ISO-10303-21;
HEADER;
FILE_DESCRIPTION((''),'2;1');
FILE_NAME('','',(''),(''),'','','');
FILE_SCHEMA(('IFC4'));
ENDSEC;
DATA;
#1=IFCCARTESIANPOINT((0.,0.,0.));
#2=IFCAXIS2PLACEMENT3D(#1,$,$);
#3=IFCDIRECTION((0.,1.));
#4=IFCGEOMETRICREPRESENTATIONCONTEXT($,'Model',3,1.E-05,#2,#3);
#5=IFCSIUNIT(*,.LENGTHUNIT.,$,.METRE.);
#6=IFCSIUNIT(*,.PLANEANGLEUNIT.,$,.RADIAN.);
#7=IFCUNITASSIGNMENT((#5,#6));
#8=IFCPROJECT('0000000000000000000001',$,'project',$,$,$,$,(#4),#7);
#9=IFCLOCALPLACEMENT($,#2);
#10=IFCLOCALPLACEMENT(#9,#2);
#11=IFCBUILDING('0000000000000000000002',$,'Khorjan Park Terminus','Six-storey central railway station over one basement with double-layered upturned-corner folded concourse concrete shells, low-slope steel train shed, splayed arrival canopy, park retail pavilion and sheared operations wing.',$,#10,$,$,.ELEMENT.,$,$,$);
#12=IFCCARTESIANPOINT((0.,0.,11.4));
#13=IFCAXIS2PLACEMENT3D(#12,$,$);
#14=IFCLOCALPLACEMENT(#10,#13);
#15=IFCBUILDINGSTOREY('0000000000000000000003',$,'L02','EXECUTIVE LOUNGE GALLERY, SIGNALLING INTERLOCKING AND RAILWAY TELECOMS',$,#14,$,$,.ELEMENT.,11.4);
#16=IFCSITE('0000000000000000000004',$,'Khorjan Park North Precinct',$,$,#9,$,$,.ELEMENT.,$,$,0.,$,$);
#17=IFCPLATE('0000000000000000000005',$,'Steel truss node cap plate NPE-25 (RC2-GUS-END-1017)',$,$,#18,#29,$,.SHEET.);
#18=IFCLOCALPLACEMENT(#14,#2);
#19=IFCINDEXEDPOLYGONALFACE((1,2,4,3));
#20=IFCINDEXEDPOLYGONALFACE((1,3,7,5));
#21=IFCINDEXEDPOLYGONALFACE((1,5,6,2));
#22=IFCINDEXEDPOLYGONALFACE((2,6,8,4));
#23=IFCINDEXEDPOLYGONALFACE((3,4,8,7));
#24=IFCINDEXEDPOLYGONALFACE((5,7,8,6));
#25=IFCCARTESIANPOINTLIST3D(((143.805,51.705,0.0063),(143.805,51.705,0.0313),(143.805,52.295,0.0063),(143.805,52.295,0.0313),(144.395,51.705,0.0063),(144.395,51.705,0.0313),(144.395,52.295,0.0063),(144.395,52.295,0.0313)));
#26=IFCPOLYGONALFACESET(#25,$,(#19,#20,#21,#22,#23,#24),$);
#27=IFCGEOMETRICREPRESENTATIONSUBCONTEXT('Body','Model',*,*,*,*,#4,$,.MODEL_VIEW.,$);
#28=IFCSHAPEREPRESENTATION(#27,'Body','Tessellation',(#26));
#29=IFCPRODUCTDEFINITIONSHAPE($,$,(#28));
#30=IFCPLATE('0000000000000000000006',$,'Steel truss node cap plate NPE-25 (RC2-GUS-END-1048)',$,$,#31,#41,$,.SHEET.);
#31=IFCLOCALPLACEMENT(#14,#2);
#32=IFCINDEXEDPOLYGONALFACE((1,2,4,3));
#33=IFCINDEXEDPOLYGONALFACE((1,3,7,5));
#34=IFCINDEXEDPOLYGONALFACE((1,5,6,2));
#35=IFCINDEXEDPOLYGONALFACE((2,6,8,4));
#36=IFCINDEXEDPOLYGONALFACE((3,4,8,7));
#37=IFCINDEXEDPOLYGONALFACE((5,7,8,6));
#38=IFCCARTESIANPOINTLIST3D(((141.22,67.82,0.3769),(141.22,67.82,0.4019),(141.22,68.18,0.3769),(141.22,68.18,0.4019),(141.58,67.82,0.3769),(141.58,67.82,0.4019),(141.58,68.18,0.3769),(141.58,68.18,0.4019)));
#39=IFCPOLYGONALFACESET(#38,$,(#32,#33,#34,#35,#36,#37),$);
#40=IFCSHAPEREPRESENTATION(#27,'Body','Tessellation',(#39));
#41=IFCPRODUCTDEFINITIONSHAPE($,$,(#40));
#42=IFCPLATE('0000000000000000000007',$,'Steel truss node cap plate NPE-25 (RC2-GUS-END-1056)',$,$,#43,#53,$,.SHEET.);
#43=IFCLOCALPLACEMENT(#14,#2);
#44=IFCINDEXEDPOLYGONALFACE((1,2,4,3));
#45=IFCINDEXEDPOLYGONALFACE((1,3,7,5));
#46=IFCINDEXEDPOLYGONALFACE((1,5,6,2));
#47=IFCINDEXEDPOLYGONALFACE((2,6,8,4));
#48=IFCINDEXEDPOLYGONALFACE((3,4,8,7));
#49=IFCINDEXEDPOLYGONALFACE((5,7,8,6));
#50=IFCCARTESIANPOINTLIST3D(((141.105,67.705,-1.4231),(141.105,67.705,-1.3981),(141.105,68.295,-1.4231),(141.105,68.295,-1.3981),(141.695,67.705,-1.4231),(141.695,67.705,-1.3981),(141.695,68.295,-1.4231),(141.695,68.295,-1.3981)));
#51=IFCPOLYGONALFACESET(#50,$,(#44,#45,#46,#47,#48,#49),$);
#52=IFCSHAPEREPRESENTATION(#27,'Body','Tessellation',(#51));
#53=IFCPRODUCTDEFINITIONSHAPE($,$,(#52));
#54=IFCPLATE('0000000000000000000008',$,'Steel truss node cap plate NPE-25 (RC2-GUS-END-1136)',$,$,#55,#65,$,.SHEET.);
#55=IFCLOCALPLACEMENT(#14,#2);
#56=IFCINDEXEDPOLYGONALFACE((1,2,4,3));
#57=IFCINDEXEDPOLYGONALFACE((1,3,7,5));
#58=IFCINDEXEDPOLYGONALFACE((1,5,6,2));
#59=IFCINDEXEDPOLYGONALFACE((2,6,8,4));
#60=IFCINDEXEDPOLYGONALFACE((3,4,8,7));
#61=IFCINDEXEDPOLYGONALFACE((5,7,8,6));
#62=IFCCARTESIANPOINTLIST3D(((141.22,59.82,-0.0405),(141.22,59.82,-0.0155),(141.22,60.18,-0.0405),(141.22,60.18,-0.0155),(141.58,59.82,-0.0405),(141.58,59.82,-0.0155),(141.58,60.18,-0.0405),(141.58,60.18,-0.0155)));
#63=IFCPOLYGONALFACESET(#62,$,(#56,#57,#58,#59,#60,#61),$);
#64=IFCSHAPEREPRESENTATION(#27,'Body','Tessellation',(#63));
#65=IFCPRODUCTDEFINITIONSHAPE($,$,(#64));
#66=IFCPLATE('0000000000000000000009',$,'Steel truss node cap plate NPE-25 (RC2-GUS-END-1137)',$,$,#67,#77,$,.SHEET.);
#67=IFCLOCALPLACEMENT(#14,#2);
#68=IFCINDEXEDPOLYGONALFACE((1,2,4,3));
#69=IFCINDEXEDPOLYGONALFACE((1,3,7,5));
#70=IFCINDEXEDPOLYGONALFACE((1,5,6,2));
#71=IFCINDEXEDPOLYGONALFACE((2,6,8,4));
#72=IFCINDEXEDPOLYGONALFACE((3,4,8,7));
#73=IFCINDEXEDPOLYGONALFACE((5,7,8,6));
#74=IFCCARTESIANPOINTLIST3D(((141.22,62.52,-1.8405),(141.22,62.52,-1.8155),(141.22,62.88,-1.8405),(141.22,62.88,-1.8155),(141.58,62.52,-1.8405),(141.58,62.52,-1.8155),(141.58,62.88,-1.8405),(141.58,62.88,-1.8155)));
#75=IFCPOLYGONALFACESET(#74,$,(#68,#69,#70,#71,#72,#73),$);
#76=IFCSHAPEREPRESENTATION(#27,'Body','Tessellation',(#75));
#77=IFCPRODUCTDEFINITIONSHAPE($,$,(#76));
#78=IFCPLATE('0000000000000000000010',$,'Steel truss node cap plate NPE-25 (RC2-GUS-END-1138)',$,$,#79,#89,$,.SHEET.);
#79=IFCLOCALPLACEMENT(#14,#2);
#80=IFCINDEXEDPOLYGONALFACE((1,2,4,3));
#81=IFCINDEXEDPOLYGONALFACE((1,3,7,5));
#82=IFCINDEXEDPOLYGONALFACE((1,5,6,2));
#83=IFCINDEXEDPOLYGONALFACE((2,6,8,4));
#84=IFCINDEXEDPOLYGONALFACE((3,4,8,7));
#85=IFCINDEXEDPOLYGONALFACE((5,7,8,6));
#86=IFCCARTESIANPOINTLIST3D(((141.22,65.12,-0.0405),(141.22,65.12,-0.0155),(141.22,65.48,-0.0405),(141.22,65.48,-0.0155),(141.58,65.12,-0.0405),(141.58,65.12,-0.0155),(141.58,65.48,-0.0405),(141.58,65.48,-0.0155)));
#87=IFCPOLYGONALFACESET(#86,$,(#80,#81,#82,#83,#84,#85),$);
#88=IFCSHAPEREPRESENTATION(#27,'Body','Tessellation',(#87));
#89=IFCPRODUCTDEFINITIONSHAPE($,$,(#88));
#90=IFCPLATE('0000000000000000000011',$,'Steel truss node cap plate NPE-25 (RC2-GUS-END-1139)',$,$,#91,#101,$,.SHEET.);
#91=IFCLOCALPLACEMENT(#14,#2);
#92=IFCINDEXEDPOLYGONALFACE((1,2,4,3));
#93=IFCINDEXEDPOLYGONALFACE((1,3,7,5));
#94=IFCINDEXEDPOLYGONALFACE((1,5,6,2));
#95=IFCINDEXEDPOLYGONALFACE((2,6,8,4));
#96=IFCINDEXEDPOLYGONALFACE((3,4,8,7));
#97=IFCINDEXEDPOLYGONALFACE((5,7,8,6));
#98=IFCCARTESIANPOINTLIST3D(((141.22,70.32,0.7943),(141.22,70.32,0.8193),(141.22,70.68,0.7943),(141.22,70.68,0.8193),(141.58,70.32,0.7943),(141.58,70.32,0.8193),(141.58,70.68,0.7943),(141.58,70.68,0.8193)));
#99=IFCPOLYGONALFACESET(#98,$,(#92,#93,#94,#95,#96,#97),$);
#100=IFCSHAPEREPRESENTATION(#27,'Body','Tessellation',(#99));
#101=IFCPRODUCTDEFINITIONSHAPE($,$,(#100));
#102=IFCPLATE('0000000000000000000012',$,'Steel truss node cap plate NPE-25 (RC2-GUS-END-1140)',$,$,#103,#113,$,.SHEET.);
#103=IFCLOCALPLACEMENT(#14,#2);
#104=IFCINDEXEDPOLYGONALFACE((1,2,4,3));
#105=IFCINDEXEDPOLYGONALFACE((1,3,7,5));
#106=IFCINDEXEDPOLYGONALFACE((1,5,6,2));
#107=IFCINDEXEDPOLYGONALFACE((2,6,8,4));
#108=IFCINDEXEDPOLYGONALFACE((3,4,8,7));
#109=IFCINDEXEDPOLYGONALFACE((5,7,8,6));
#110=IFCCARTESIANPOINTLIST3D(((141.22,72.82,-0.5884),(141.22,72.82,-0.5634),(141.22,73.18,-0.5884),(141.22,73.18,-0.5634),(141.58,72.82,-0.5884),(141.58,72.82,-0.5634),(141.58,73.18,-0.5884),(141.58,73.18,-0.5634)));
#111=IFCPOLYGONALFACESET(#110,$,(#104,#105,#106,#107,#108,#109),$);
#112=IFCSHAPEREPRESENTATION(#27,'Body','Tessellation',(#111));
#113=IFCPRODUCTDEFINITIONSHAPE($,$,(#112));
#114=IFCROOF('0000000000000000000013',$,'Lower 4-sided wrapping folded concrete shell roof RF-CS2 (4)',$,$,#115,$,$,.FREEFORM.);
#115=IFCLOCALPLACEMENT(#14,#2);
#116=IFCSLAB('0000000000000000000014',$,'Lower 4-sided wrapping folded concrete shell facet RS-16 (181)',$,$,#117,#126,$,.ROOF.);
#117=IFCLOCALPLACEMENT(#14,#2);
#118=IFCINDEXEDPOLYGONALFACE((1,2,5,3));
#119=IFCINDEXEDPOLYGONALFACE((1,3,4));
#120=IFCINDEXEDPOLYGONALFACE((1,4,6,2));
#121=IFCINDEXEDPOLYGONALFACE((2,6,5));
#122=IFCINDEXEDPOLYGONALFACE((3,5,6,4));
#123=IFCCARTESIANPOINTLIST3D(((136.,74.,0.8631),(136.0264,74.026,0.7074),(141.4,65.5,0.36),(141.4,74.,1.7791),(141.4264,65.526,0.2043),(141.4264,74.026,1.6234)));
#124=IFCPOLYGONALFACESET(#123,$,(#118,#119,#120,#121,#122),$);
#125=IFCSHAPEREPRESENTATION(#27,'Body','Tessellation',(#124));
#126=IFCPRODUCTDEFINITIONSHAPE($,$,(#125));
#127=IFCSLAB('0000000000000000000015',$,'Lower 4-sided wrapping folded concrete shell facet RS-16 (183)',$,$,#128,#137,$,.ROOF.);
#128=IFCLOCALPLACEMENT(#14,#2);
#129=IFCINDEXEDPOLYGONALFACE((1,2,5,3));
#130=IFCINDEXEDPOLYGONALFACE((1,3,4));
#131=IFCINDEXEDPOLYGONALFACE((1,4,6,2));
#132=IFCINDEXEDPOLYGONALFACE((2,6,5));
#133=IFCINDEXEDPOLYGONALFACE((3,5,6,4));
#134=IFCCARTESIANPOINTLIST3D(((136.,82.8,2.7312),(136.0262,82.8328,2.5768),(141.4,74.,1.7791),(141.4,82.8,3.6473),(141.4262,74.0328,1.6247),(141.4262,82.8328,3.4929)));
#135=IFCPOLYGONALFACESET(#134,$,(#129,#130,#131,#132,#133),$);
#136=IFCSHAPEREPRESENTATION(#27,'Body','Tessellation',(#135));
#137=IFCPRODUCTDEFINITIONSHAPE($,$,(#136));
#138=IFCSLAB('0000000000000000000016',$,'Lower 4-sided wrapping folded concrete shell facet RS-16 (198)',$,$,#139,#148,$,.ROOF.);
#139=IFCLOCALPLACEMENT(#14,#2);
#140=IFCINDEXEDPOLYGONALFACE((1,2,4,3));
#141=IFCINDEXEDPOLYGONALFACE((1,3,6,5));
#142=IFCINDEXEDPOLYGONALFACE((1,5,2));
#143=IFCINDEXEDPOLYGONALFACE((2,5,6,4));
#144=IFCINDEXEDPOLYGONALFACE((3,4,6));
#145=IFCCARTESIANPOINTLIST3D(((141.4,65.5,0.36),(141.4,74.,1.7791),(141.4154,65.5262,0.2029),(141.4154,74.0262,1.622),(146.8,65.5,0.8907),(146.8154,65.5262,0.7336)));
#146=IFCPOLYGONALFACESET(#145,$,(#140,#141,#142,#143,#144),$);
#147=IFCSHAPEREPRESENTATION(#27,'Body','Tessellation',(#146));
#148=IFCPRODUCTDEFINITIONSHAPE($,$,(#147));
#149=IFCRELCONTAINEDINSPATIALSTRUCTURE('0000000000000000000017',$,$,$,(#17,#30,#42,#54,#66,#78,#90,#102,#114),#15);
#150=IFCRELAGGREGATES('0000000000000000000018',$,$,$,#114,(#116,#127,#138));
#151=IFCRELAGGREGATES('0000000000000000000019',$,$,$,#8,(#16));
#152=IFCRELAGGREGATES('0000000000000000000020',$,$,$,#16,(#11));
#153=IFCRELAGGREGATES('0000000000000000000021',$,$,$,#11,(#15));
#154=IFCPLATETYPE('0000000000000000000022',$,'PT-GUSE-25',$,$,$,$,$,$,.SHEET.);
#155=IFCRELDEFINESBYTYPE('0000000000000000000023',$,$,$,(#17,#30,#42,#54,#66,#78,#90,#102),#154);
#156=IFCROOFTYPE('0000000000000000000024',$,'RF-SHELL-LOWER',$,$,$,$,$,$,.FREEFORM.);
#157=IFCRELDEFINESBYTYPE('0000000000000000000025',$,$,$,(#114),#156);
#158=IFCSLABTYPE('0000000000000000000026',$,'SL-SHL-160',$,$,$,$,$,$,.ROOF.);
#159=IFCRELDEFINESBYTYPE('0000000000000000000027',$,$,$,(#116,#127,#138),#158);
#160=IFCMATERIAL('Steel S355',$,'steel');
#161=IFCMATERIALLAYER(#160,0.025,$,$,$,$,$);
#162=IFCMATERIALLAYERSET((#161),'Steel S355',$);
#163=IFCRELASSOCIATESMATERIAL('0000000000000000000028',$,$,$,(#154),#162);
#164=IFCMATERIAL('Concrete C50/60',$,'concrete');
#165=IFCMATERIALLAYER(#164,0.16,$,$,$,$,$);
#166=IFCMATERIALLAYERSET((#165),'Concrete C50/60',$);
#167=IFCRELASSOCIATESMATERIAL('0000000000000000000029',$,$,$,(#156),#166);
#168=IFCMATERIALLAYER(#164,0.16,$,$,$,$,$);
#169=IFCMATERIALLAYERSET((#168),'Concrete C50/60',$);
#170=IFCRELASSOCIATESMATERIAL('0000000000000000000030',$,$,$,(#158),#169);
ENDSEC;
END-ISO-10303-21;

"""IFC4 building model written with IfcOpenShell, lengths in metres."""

from ifc_helpers import new_model, si_unit, direction, frame, origin, origin_2d, place, context, subcontext, project, spatial, polyline, rectangle, outline, extrude, material, layer, layer_set, type_object, element, aggregate, save


model = new_model("IFC4")

# Units and contexts
model_context = context("Model", 3, precision=1e-05, world=origin(), true_north=direction((0.0, 1.0)))
body_context = subcontext(model_context, "Body", "Model", "MODEL_VIEW")
ifc_project = project(units=[si_unit("LENGTHUNIT", "METRE"), si_unit("PLANEANGLEUNIT", "RADIAN")], contexts=[model_context])

# Site, building, storey
site_placement = place(None, origin())
site = spatial("IfcSite", under=ifc_project, at=site_placement, Name="Khorjan Park North Precinct", CompositionType="ELEMENT", RefElevation=0.0)
building_placement = place(site_placement, origin())
building = spatial("IfcBuilding", under=site, at=building_placement, Name="Khorjan Park Terminus", Description="Six-storey central railway station over one basement with double-layered upturned-corner folded concourse concrete shells, low-slope steel train shed, splayed arrival canopy, park retail pavilion and sheared operations wing.", CompositionType="ELEMENT")
storey_placement = place(building_placement, frame((0.0, 0.0, 11.4)))
storey = spatial("IfcBuildingStorey", under=building, at=storey_placement, Name="L02", Description="EXECUTIVE LOUNGE GALLERY, SIGNALLING INTERLOCKING AND RAILWAY TELECOMS", CompositionType="ELEMENT", Elevation=11.4)

# Shared definitions
ifc_material_1 = material(Name="Steel S355", Category="steel")

# Plates
ifc_layer_1 = layer(ifc_material_1, 0.025)
ifc_layer_set_1 = layer_set([ifc_layer_1], Name="Steel S355")
plate_type = type_object("IfcPlateType", Name="PT-GUSE-25", PredefinedType="SHEET", material=ifc_layer_set_1)
plate_1_placement = place(storey_placement, frame((144.1, 52.0, 0.0063), z_axis=(0.0, 0.0, 1.0), x_axis=(1.0, 0.0, 0.0)))
element("IfcPlate", 1, at=plate_1_placement, inside=storey, type_object=plate_type, Name="Steel truss node cap plate NPE-25 (RC2-GUS-END-1017)", PredefinedType="SHEET", context=body_context, shape_type="SweptSolid", body=[
    extrude(rectangle(XDim=0.59, YDim=0.59, at=origin_2d()), origin(), (0.0, 0.0, 1.0), 0.025),
])
plate_2_placement = place(storey_placement, frame((141.4, 68.0, 0.3769), z_axis=(0.0, 0.0, 1.0), x_axis=(1.0, 0.0, 0.0)))
element("IfcPlate", 2, at=plate_2_placement, inside=storey, type_object=plate_type, Name="Steel truss node cap plate NPE-25 (RC2-GUS-END-1048)", PredefinedType="SHEET", context=body_context, shape_type="SweptSolid", body=[
    extrude(rectangle(XDim=0.36, YDim=0.36, at=origin_2d()), origin(), (0.0, 0.0, 1.0), 0.025),
])
plate_3_placement = place(storey_placement, frame((141.4, 68.0, -1.4231), z_axis=(0.0, 0.0, 1.0), x_axis=(1.0, 0.0, 0.0)))
element("IfcPlate", 3, at=plate_3_placement, inside=storey, type_object=plate_type, Name="Steel truss node cap plate NPE-25 (RC2-GUS-END-1056)", PredefinedType="SHEET", context=body_context, shape_type="SweptSolid", body=[
    extrude(rectangle(XDim=0.59, YDim=0.59, at=origin_2d()), origin(), (0.0, 0.0, 1.0), 0.025),
])
for number, where, z_axis, x_axis, name in (
    (4, (141.4, 60.0, -0.0405), (0.0, 0.0, 1.0), (1.0, 0.0, 0.0), "Steel truss node cap plate NPE-25 (RC2-GUS-END-1136)"),
    (5, (141.4, 62.7, -1.8405), (0.0, 0.0, 1.0), (1.0, 0.0, 0.0), "Steel truss node cap plate NPE-25 (RC2-GUS-END-1137)"),
    (6, (141.4, 65.3, -0.0405), (0.0, 0.0, 1.0), (1.0, 0.0, 0.0), "Steel truss node cap plate NPE-25 (RC2-GUS-END-1138)"),
    (7, (141.4, 70.5, 0.7943), (0.0, 0.0, 1.0), (1.0, 0.0, 0.0), "Steel truss node cap plate NPE-25 (RC2-GUS-END-1139)"),
    (8, (141.4, 73.0, -0.5884), (0.0, 0.0, 1.0), (1.0, 0.0, 0.0), "Steel truss node cap plate NPE-25 (RC2-GUS-END-1140)"),
):
    element("IfcPlate", number, at=place(storey_placement, frame(where, z_axis=z_axis, x_axis=x_axis)), inside=storey, type_object=plate_type, Name=name, PredefinedType="SHEET", context=body_context, shape_type="SweptSolid", body=[
        extrude(rectangle(XDim=0.36, YDim=0.36, at=origin_2d()), origin(), (0.0, 0.0, 1.0), 0.025),
    ])

# Roof, slabs
ifc_material_2 = material(Name="Concrete C50/60", Category="concrete")
ifc_layer_2 = layer(ifc_material_2, 0.16)
ifc_layer_set_2 = layer_set([ifc_layer_2], Name="Concrete C50/60")
roof_type = type_object("IfcRoofType", Name="RF-SHELL-LOWER", PredefinedType="FREEFORM", material=ifc_layer_set_2)
roof_placement = place(storey_placement, origin())
roof = element("IfcRoof", 9, at=roof_placement, inside=storey, type_object=roof_type, Name="Lower 4-sided wrapping folded concrete shell roof RF-CS2 (4)", PredefinedType="FREEFORM")
ifc_layer_3 = layer(ifc_material_2, 0.16)
ifc_layer_set_3 = layer_set([ifc_layer_3], Name="Concrete C50/60")
slab_type = type_object("IfcSlabType", Name="SL-SHL-160", PredefinedType="ROOF", material=ifc_layer_set_3)
slab_1_placement = place(storey_placement, frame((141.4, 65.5, 0.36), z_axis=(-0.16502, -0.162416, 0.972825), x_axis=(0.0, 0.986348, 0.164674)))
slab_1 = element("IfcSlab", 10, at=slab_1_placement, type_object=slab_type, Name="Lower 4-sided wrapping folded concrete shell facet RS-16 (181)", PredefinedType="ROOF", context=body_context, shape_type="SweptSolid", body=[
    extrude(outline(polyline([(0.0, 0.0), (8.6176, 0.0), (8.4668, 5.4751), (0.0, 0.0)])), origin(), (0.0, 0.0, -1.0), 0.16),
])
slab_2_placement = place(storey_placement, frame((141.4, 74.0, 1.7791), z_axis=(-0.163711, -0.204866, 0.965002), x_axis=(0.0, 0.9782, 0.207667)))
slab_2 = element("IfcSlab", 11, at=slab_2_placement, type_object=slab_type, Name="Lower 4-sided wrapping folded concrete shell facet RS-16 (183)", PredefinedType="ROOF", context=body_context, shape_type="SweptSolid", body=[
    extrude(outline(polyline([(0.0, 0.0), (8.9961, 0.0), (8.8059, 5.4739), (0.0, 0.0)])), origin(), (0.0, 0.0, -1.0), 0.16),
])
slab_3_placement = place(storey_placement, frame((141.4, 65.5, 0.36), z_axis=(-0.096484, -0.163905, 0.981746), x_axis=(0.995205, 0.0, 0.097807)))
slab_3 = element("IfcSlab", 12, at=slab_3_placement, type_object=slab_type, Name="Lower 4-sided wrapping folded concrete shell facet RS-16 (198)", PredefinedType="ROOF", context=body_context, shape_type="SweptSolid", body=[
    extrude(outline(polyline([(0.0, 0.0), (5.426, 0.0), (0.1388, 8.6165), (0.0, 0.0)])), origin(), (0.0, 0.0, -1.0), 0.16),
])
aggregate(roof, [slab_1, slab_2, slab_3])

save(model, "model.ifc")
